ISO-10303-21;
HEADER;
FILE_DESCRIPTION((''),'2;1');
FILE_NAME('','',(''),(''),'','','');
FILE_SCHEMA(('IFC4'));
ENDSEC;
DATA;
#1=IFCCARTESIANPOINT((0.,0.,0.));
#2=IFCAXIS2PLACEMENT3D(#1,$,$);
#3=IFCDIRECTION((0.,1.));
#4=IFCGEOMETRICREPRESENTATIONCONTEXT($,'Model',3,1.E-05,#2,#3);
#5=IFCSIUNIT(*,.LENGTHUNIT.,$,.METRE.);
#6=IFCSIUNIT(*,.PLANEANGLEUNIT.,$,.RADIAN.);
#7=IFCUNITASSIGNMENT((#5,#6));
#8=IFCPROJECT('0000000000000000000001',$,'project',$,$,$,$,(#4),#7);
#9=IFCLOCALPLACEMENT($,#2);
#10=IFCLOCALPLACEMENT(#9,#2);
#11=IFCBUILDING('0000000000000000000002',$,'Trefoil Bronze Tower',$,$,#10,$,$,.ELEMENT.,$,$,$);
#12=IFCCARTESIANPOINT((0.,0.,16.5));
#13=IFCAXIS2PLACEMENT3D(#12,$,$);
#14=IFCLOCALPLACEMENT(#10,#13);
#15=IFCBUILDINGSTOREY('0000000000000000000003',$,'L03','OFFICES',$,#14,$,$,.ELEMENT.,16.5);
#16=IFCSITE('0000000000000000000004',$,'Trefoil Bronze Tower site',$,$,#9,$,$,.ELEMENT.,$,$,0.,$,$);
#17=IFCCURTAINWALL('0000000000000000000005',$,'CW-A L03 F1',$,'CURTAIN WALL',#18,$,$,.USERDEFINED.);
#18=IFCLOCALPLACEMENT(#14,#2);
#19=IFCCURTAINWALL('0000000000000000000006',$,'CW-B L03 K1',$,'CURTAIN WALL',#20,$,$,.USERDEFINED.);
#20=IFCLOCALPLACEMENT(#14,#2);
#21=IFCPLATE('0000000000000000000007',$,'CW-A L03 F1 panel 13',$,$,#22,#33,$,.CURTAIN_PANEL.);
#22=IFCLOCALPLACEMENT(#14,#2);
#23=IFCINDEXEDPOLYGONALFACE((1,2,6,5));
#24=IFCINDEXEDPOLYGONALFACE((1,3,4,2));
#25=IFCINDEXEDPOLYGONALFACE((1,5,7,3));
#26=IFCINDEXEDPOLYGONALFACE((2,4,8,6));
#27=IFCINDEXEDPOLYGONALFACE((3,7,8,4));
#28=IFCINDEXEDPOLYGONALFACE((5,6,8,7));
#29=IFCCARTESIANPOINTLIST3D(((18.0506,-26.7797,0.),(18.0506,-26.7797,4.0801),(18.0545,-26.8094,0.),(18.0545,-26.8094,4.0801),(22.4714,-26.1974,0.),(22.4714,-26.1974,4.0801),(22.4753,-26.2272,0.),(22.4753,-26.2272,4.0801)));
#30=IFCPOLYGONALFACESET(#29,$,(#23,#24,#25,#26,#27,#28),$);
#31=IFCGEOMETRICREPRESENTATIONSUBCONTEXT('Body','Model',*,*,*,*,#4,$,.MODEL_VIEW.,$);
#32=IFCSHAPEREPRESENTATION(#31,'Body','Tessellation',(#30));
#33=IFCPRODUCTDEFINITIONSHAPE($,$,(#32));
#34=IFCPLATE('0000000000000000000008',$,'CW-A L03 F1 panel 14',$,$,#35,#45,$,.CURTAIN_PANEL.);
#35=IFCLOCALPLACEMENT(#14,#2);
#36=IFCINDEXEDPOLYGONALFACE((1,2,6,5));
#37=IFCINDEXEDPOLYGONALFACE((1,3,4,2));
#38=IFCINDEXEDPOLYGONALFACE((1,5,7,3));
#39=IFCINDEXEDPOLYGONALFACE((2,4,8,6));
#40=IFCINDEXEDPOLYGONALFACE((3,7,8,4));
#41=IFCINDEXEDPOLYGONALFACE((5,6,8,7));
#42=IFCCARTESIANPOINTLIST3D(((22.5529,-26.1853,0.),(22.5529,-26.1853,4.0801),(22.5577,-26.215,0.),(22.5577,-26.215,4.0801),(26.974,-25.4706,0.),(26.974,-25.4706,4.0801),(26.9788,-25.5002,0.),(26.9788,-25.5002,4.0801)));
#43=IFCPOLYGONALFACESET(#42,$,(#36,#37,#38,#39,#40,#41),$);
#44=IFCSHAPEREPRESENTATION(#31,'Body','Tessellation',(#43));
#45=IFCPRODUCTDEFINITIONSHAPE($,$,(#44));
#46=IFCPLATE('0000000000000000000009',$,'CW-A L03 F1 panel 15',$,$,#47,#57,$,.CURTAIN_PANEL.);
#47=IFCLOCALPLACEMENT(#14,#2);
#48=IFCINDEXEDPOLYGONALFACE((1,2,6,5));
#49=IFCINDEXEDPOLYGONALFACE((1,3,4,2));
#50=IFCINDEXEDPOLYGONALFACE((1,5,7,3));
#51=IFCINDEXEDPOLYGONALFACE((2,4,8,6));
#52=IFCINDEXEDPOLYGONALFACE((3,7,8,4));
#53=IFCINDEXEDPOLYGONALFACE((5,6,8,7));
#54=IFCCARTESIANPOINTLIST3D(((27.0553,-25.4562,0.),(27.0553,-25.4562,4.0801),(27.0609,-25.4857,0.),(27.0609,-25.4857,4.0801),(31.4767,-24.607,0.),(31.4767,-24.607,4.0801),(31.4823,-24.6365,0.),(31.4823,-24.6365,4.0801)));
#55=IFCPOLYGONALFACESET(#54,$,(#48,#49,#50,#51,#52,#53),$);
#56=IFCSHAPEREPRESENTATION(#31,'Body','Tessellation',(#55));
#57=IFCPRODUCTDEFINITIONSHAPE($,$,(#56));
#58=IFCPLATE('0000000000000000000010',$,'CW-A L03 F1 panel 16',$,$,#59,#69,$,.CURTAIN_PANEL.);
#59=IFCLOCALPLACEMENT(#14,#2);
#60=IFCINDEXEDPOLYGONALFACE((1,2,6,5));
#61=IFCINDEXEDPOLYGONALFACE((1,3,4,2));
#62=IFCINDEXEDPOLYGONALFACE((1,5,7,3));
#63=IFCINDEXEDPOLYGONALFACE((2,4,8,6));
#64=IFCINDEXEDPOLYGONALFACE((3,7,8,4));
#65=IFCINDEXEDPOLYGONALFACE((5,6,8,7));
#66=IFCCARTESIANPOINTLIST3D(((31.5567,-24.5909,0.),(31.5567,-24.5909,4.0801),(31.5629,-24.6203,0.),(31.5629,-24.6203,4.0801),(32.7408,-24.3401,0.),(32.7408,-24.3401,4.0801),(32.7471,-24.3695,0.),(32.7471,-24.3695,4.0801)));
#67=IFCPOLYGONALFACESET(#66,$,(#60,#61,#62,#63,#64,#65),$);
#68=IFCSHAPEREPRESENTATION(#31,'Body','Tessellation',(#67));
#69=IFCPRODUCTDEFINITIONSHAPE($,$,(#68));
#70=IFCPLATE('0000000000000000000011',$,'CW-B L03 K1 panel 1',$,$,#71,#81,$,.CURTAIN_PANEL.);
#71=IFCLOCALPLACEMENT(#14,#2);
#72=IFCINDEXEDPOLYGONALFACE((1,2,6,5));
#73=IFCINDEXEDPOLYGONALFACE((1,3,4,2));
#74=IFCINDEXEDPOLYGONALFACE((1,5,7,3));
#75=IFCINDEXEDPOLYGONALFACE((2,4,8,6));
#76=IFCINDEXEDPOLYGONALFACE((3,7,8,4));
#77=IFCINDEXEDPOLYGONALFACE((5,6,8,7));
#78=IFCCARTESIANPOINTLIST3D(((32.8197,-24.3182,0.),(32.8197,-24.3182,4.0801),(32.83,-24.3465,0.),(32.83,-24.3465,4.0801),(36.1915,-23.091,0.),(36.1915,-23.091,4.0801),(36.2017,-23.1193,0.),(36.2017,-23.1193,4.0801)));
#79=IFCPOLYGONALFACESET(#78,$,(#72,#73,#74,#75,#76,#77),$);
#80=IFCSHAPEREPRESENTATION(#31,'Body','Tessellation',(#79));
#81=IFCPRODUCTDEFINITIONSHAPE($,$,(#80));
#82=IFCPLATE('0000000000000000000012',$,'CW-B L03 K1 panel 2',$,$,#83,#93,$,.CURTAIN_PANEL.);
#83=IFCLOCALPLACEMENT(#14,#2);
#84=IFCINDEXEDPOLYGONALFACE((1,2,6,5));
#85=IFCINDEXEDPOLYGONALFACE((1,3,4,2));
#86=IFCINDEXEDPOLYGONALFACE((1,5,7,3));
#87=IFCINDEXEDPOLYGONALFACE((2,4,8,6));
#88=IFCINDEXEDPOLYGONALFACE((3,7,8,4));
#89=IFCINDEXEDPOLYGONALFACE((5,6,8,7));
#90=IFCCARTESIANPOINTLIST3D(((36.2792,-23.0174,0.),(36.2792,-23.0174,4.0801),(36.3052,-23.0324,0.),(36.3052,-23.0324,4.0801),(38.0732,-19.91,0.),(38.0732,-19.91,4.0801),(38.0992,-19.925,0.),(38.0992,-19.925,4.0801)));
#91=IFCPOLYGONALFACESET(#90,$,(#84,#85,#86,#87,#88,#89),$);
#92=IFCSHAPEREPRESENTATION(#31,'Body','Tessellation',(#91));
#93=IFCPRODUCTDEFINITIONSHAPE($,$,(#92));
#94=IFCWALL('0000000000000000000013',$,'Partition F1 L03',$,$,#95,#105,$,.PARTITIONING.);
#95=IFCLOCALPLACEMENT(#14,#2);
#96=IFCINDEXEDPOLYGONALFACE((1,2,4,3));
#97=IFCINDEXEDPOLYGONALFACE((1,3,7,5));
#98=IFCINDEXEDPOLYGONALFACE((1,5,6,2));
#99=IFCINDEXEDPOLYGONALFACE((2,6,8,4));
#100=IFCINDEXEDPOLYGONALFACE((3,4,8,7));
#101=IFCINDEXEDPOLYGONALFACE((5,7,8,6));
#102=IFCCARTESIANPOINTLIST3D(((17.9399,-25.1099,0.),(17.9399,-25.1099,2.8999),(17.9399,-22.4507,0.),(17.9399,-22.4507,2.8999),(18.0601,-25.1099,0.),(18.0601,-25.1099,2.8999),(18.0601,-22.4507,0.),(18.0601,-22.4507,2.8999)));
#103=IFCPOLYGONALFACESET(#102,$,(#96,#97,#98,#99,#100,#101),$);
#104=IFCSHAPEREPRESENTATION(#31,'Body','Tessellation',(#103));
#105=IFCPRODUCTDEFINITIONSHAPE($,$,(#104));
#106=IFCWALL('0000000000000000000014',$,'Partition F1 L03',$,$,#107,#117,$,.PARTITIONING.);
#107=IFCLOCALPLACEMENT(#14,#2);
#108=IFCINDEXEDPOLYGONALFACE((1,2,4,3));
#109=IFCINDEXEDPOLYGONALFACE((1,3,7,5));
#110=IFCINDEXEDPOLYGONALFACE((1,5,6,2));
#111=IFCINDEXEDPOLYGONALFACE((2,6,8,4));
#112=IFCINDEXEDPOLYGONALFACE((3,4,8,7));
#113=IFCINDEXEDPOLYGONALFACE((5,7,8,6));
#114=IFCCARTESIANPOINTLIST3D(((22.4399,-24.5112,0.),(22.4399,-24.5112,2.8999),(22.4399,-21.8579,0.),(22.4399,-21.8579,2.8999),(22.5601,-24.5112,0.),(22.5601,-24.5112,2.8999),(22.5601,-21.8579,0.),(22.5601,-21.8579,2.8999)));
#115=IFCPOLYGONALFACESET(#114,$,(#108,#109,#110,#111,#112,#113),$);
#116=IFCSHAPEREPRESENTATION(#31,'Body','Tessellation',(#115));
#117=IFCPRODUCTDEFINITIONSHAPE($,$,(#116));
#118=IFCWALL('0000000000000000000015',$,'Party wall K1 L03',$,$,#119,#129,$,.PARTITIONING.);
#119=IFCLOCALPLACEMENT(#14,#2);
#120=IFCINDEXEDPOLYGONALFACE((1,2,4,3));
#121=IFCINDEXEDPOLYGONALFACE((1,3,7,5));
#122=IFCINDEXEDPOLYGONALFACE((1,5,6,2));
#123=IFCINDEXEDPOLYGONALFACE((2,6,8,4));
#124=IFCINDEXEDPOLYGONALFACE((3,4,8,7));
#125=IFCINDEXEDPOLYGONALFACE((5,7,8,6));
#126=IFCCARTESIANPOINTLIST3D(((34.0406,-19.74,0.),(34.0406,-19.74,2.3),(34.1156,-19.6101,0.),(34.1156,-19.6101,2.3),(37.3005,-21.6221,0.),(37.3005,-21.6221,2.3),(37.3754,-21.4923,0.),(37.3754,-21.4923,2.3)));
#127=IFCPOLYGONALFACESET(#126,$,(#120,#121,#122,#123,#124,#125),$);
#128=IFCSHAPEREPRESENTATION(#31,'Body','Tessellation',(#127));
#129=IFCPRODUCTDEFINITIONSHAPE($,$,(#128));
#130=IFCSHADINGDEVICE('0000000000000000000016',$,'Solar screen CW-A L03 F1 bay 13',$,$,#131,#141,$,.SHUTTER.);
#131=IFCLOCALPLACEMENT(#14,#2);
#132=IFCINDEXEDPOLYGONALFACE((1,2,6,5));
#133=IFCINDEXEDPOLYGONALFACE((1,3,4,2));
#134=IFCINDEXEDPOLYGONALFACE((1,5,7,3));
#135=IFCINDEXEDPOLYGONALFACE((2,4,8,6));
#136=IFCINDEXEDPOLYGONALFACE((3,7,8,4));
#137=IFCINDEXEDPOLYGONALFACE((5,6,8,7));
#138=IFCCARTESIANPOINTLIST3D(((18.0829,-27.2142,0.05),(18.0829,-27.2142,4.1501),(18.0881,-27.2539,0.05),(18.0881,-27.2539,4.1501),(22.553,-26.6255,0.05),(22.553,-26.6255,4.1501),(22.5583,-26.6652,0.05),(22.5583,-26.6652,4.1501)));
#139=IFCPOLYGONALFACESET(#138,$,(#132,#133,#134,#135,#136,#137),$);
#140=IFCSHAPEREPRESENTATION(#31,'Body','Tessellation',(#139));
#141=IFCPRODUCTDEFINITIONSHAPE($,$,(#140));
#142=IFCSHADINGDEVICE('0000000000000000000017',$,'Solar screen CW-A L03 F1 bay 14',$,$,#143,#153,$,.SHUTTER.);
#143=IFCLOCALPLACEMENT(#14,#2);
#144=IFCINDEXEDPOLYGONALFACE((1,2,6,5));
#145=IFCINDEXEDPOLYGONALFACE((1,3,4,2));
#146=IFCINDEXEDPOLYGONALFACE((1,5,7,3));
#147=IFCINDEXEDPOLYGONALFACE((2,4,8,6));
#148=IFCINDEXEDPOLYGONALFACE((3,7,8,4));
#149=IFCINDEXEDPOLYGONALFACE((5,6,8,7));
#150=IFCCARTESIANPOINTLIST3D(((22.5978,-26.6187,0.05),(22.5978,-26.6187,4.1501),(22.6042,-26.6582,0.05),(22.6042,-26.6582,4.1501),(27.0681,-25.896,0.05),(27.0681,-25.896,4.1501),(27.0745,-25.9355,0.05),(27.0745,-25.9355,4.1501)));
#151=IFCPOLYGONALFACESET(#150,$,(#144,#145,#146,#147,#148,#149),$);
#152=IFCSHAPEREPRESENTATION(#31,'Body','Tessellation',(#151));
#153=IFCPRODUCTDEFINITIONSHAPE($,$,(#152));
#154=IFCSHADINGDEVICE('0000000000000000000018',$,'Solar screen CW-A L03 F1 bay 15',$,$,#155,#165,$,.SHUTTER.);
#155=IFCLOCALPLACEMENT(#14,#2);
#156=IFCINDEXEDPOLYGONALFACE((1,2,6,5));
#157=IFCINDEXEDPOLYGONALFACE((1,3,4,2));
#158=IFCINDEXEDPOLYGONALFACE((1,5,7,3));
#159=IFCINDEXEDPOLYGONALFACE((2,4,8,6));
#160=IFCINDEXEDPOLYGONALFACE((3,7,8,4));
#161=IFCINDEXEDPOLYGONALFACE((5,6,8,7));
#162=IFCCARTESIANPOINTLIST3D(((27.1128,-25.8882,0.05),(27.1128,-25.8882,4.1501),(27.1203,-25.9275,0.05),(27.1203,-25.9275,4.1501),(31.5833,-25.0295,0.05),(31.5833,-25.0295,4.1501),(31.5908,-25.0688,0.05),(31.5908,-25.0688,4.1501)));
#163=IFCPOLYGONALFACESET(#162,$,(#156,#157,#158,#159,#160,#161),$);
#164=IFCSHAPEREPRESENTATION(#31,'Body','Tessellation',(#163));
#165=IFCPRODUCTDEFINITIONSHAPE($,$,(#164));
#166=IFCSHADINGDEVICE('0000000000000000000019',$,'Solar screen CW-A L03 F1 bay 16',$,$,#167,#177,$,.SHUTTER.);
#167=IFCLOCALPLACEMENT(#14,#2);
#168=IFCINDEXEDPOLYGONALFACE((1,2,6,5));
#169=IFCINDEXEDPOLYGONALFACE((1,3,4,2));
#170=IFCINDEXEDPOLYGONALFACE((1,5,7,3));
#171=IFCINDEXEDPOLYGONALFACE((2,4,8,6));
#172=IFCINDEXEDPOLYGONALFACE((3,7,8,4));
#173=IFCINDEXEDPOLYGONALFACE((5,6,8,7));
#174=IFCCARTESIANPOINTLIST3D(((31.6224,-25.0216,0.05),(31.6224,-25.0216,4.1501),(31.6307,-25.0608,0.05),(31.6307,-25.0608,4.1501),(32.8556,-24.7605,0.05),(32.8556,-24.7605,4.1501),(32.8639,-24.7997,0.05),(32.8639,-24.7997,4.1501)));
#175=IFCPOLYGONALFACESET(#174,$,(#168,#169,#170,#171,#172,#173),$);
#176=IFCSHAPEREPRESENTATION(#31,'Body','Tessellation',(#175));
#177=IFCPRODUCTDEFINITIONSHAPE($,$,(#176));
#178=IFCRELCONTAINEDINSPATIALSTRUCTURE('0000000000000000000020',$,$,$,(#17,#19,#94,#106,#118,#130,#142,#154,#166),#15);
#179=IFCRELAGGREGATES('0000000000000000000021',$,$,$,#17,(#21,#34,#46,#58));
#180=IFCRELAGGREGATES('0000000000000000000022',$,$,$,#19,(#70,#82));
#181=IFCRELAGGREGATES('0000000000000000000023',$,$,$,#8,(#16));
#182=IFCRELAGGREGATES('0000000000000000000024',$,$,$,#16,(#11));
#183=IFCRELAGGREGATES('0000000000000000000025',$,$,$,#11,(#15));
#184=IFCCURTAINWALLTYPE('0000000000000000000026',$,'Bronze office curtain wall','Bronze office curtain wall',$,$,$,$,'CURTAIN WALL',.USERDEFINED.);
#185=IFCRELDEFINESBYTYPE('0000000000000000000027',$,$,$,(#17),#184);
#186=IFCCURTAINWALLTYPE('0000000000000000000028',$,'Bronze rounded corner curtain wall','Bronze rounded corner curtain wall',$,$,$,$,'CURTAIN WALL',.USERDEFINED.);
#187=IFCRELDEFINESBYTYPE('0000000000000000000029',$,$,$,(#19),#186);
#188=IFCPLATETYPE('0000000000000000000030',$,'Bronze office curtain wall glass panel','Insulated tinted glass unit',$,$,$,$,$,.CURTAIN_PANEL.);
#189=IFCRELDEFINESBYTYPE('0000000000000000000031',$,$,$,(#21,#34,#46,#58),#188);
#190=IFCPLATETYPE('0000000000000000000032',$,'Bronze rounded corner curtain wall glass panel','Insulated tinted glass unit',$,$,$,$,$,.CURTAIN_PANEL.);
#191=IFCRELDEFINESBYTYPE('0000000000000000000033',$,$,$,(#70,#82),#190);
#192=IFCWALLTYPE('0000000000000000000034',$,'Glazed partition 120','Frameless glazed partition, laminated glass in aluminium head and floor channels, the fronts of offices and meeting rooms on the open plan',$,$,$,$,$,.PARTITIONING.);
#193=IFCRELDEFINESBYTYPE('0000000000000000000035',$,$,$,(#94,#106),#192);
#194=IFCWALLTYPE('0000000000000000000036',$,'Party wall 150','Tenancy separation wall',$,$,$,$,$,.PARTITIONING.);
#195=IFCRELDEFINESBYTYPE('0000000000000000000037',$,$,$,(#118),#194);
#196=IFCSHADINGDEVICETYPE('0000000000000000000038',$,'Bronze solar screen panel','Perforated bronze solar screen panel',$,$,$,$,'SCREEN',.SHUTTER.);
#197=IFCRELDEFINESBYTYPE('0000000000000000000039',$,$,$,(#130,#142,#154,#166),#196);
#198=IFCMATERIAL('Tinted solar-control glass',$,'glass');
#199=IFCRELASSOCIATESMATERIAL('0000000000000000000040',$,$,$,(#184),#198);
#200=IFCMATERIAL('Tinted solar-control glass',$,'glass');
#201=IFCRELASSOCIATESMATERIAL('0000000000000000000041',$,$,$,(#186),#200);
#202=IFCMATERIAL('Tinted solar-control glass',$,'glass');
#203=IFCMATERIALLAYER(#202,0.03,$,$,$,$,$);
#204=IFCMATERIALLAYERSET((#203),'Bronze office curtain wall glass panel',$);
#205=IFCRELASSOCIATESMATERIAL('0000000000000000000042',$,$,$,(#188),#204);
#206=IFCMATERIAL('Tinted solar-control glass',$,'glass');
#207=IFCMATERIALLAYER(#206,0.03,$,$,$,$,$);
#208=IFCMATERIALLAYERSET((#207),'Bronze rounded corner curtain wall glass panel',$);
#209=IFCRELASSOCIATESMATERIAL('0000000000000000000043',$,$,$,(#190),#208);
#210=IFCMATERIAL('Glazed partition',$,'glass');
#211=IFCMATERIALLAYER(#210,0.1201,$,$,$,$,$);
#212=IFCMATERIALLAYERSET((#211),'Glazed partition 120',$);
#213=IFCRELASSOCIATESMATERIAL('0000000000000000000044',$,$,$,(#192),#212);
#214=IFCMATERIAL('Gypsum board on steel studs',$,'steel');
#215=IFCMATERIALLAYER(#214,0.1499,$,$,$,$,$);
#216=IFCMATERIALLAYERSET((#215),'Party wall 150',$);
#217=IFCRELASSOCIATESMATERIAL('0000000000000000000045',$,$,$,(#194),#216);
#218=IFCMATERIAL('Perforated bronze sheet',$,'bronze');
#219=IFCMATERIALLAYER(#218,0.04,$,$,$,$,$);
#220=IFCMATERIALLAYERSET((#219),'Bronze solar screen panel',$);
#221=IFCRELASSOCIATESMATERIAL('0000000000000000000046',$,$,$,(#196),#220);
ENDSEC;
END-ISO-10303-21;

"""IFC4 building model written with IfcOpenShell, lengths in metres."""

from ifc_helpers import new_model, si_unit, direction, frame, frame_2d, origin, origin_2d, place, context, subcontext, project, spatial, rectangle, extrude, material, layer, layer_set, type_object, element, aggregate, save


model = new_model("IFC4")

# Units and contexts
model_context = context("Model", 3, precision=1e-05, world=origin(), true_north=direction((0.0, 1.0)))
body_context = subcontext(model_context, "Body", "Model", "MODEL_VIEW")
ifc_project = project(units=[si_unit("LENGTHUNIT", "METRE"), si_unit("PLANEANGLEUNIT", "RADIAN")], contexts=[model_context])

# Site, building, storey
site_placement = place(None, origin())
site = spatial("IfcSite", under=ifc_project, at=site_placement, Name="Trefoil Bronze Tower site", CompositionType="ELEMENT", RefElevation=0.0)
building_placement = place(site_placement, origin())
building = spatial("IfcBuilding", under=site, at=building_placement, Name="Trefoil Bronze Tower", CompositionType="ELEMENT")
storey_placement = place(building_placement, frame((0.0, 0.0, 16.5)))
storey = spatial("IfcBuildingStorey", under=building, at=storey_placement, Name="L03", Description="OFFICES", CompositionType="ELEMENT", Elevation=16.5)

# Curtain walls
ifc_material_1 = material(Name="Tinted solar-control glass", Category="glass")
curtain_wall_type_1 = type_object("IfcCurtainWallType", Name="Bronze office curtain wall", Description="Bronze office curtain wall", ElementType="CURTAIN WALL", PredefinedType="USERDEFINED", material=ifc_material_1)
curtain_wall_1_placement = place(storey_placement, origin())
curtain_wall_1 = element("IfcCurtainWall", 1, at=curtain_wall_1_placement, inside=storey, type_object=curtain_wall_type_1, Name="CW-A L03 F1", ObjectType="CURTAIN WALL", PredefinedType="USERDEFINED")
ifc_material_2 = material(Name="Tinted solar-control glass", Category="glass")
curtain_wall_type_2 = type_object("IfcCurtainWallType", Name="Bronze rounded corner curtain wall", Description="Bronze rounded corner curtain wall", ElementType="CURTAIN WALL", PredefinedType="USERDEFINED", material=ifc_material_2)
curtain_wall_2_placement = place(storey_placement, origin())
curtain_wall_2 = element("IfcCurtainWall", 2, at=curtain_wall_2_placement, inside=storey, type_object=curtain_wall_type_2, Name="CW-B L03 K1", ObjectType="CURTAIN WALL", PredefinedType="USERDEFINED")

# Plates
ifc_material_3 = material(Name="Tinted solar-control glass", Category="glass")
ifc_layer_1 = layer(ifc_material_3, 0.03)
ifc_layer_set_1 = layer_set([ifc_layer_1], Name="Bronze office curtain wall glass panel")
plate_type_1 = type_object("IfcPlateType", Name="Bronze office curtain wall glass panel", Description="Insulated tinted glass unit", PredefinedType="CURTAIN_PANEL", material=ifc_layer_set_1)
plate_1_placement = place(storey_placement, frame((20.2629, -26.5034, 0.0), z_axis=(0.0, 0.0, 1.0), x_axis=(0.991437, 0.130584, 0.0)))
plate_1 = element("IfcPlate", 3, at=plate_1_placement, type_object=plate_type_1, Name="CW-A L03 F1 panel 13", PredefinedType="CURTAIN_PANEL", context=body_context, shape_type="SweptSolid", body=[
    extrude(rectangle(XDim=4.459, YDim=0.03, at=origin_2d()), origin(), (0.0, 0.0, 1.0), 4.0801),
])
plate_2_placement = place(storey_placement, frame((24.7659, -25.8428, 0.0), z_axis=(0.0, 0.0, 1.0), x_axis=(0.987181, 0.159603, 0.0)))
plate_2 = element("IfcPlate", 4, at=plate_2_placement, type_object=plate_type_1, Name="CW-A L03 F1 panel 14", PredefinedType="CURTAIN_PANEL", context=body_context, shape_type="SweptSolid", body=[
    extrude(rectangle(XDim=4.4785, YDim=0.03, at=origin_2d()), origin(), (0.0, 0.0, 1.0), 4.0801),
])
plate_3_placement = place(storey_placement, frame((29.2688, -25.0464, 0.0), z_axis=(0.0, 0.0, 1.0), x_axis=(0.98205, 0.188622, 0.0)))
plate_3 = element("IfcPlate", 5, at=plate_3_placement, type_object=plate_type_1, Name="CW-A L03 F1 panel 15", PredefinedType="CURTAIN_PANEL", context=body_context, shape_type="SweptSolid", body=[
    extrude(rectangle(XDim=4.5022, YDim=0.03, at=origin_2d()), origin(), (0.0, 0.0, 1.0), 4.0801),
])
plate_4_placement = place(storey_placement, frame((32.1519, -24.4802, 0.0), z_axis=(0.0, 0.0, 1.0), x_axis=(0.978303, 0.207181, 0.0)))
plate_4 = element("IfcPlate", 6, at=plate_4_placement, type_object=plate_type_1, Name="CW-A L03 F1 panel 16", PredefinedType="CURTAIN_PANEL", context=body_context, shape_type="SweptSolid", body=[
    extrude(rectangle(XDim=1.2104, YDim=0.03, at=origin_2d()), origin(), (0.0, 0.0, 1.0), 4.0801),
])
aggregate(curtain_wall_1, [plate_1, plate_2, plate_3, plate_4])
ifc_material_4 = material(Name="Tinted solar-control glass", Category="glass")
ifc_layer_2 = layer(ifc_material_4, 0.03)
ifc_layer_set_2 = layer_set([ifc_layer_2], Name="Bronze rounded corner curtain wall glass panel")
plate_type_2 = type_object("IfcPlateType", Name="Bronze rounded corner curtain wall glass panel", Description="Insulated tinted glass unit", PredefinedType="CURTAIN_PANEL", material=ifc_layer_set_2)
plate_5_placement = place(storey_placement, frame((34.5107, -23.7188, 0.0), z_axis=(0.0, 0.0, 1.0), x_axis=(0.939693, 0.34202, 0.0)))
plate_5 = element("IfcPlate", 7, at=plate_5_placement, type_object=plate_type_2, Name="CW-B L03 K1 panel 1", PredefinedType="CURTAIN_PANEL", context=body_context, shape_type="SweptSolid", body=[
    extrude(rectangle(XDim=3.5881, YDim=0.03, at=origin_2d()), origin(), (0.0, 0.0, 1.0), 4.0801),
])
plate_6_placement = place(storey_placement, frame((37.1892, -21.4712, 0.0), z_axis=(0.0, 0.0, 1.0), x_axis=(0.5, 0.866025, 0.0)))
plate_6 = element("IfcPlate", 8, at=plate_6_placement, type_object=plate_type_2, Name="CW-B L03 K1 panel 2", PredefinedType="CURTAIN_PANEL", context=body_context, shape_type="SweptSolid", body=[
    extrude(rectangle(XDim=3.5881, YDim=0.03, at=origin_2d()), origin(), (0.0, 0.0, 1.0), 4.0801),
])
aggregate(curtain_wall_2, [plate_5, plate_6])

# Walls
ifc_material_5 = material(Name="Glazed partition", Category="glass")
ifc_layer_3 = layer(ifc_material_5, 0.1201)
ifc_layer_set_3 = layer_set([ifc_layer_3], Name="Glazed partition 120")
wall_type_1 = type_object("IfcWallType", Name="Glazed partition 120", Description="Frameless glazed partition, laminated glass in aluminium head and floor channels, the fronts of offices and meeting rooms on the open plan", PredefinedType="PARTITIONING", material=ifc_layer_set_3)
wall_1_placement = place(storey_placement, frame((18.0, -22.4507, 0.0), z_axis=(0.0, 0.0, 1.0), x_axis=(0.0, -1.0, 0.0)))
element("IfcWall", 9, at=wall_1_placement, inside=storey, type_object=wall_type_1, Name="Partition F1 L03", PredefinedType="PARTITIONING", context=body_context, shape_type="SweptSolid", body=[
    extrude(rectangle(XDim=2.6592, YDim=0.1201, at=frame_2d((1.3296, 0.0))), origin(), (0.0, 0.0, 1.0), 2.8999),
])
wall_2_placement = place(storey_placement, frame((22.5, -21.8579, 0.0), z_axis=(0.0, 0.0, 1.0), x_axis=(0.0, -1.0, 0.0)))
element("IfcWall", 10, at=wall_2_placement, inside=storey, type_object=wall_type_1, Name="Partition F1 L03", PredefinedType="PARTITIONING", context=body_context, shape_type="SweptSolid", body=[
    extrude(rectangle(XDim=2.6533, YDim=0.1201, at=frame_2d((1.3267, 0.0))), origin(), (0.0, 0.0, 1.0), 2.8999),
])
ifc_material_6 = material(Name="Gypsum board on steel studs", Category="steel")
ifc_layer_4 = layer(ifc_material_6, 0.1499)
ifc_layer_set_4 = layer_set([ifc_layer_4], Name="Party wall 150")
wall_type_2 = type_object("IfcWallType", Name="Party wall 150", Description="Tenancy separation wall", PredefinedType="PARTITIONING", material=ifc_layer_set_4)
wall_3_placement = place(storey_placement, frame((34.0781, -19.675, 0.0), z_axis=(0.0, 0.0, 1.0), x_axis=(0.866019, -0.500011, 0.0)))
element("IfcWall", 11, at=wall_3_placement, inside=storey, type_object=wall_type_2, Name="Party wall K1 L03", PredefinedType="PARTITIONING", context=body_context, shape_type="SweptSolid", body=[
    extrude(rectangle(XDim=3.7642, YDim=0.1499, at=frame_2d((1.8821, 0.0))), origin(), (0.0, 0.0, 1.0), 2.3),
])

# Shading devices
ifc_material_7 = material(Name="Perforated bronze sheet", Category="bronze")
ifc_layer_5 = layer(ifc_material_7, 0.04)
ifc_layer_set_5 = layer_set([ifc_layer_5], Name="Bronze solar screen panel")
shading_device_type = type_object("IfcShadingDeviceType", Name="Bronze solar screen panel", Description="Perforated bronze solar screen panel", ElementType="SCREEN", PredefinedType="SHUTTER", material=ifc_layer_set_5)
shading_device_1_placement = place(storey_placement, frame((20.3206, -26.9397, 0.05), z_axis=(0.0, 0.0, 1.0), x_axis=(0.991437, 0.130584, 0.0)))
element("IfcShadingDevice", 12, at=shading_device_1_placement, inside=storey, type_object=shading_device_type, Name="Solar screen CW-A L03 F1 bay 13", PredefinedType="SHUTTER", context=body_context, shape_type="SweptSolid", body=[
    extrude(rectangle(XDim=4.5088, YDim=0.04, at=origin_2d()), origin(), (0.0, 0.0, 1.0), 4.1001),
])
shading_device_2_placement = place(storey_placement, frame((24.8362, -26.2771, 0.05), z_axis=(0.0, 0.0, 1.0), x_axis=(0.987181, 0.159603, 0.0)))
element("IfcShadingDevice", 13, at=shading_device_2_placement, inside=storey, type_object=shading_device_type, Name="Solar screen CW-A L03 F1 bay 14", PredefinedType="SHUTTER", context=body_context, shape_type="SweptSolid", body=[
    extrude(rectangle(XDim=4.5283, YDim=0.04, at=origin_2d()), origin(), (0.0, 0.0, 1.0), 4.1001),
])
shading_device_3_placement = place(storey_placement, frame((29.3518, -25.4785, 0.05), z_axis=(0.0, 0.0, 1.0), x_axis=(0.98205, 0.188622, 0.0)))
element("IfcShadingDevice", 14, at=shading_device_3_placement, inside=storey, type_object=shading_device_type, Name="Solar screen CW-A L03 F1 bay 15", PredefinedType="SHUTTER", context=body_context, shape_type="SweptSolid", body=[
    extrude(rectangle(XDim=4.5522, YDim=0.04, at=origin_2d()), origin(), (0.0, 0.0, 1.0), 4.1001),
])
shading_device_4_placement = place(storey_placement, frame((32.2432, -24.9106, 0.05), z_axis=(0.0, 0.0, 1.0), x_axis=(0.978303, 0.207181, 0.0)))
element("IfcShadingDevice", 15, at=shading_device_4_placement, inside=storey, type_object=shading_device_type, Name="Solar screen CW-A L03 F1 bay 16", PredefinedType="SHUTTER", context=body_context, shape_type="SweptSolid", body=[
    extrude(rectangle(XDim=1.2605, YDim=0.04, at=origin_2d()), origin(), (0.0, 0.0, 1.0), 4.1001),
])

save(model, "model.ifc")
